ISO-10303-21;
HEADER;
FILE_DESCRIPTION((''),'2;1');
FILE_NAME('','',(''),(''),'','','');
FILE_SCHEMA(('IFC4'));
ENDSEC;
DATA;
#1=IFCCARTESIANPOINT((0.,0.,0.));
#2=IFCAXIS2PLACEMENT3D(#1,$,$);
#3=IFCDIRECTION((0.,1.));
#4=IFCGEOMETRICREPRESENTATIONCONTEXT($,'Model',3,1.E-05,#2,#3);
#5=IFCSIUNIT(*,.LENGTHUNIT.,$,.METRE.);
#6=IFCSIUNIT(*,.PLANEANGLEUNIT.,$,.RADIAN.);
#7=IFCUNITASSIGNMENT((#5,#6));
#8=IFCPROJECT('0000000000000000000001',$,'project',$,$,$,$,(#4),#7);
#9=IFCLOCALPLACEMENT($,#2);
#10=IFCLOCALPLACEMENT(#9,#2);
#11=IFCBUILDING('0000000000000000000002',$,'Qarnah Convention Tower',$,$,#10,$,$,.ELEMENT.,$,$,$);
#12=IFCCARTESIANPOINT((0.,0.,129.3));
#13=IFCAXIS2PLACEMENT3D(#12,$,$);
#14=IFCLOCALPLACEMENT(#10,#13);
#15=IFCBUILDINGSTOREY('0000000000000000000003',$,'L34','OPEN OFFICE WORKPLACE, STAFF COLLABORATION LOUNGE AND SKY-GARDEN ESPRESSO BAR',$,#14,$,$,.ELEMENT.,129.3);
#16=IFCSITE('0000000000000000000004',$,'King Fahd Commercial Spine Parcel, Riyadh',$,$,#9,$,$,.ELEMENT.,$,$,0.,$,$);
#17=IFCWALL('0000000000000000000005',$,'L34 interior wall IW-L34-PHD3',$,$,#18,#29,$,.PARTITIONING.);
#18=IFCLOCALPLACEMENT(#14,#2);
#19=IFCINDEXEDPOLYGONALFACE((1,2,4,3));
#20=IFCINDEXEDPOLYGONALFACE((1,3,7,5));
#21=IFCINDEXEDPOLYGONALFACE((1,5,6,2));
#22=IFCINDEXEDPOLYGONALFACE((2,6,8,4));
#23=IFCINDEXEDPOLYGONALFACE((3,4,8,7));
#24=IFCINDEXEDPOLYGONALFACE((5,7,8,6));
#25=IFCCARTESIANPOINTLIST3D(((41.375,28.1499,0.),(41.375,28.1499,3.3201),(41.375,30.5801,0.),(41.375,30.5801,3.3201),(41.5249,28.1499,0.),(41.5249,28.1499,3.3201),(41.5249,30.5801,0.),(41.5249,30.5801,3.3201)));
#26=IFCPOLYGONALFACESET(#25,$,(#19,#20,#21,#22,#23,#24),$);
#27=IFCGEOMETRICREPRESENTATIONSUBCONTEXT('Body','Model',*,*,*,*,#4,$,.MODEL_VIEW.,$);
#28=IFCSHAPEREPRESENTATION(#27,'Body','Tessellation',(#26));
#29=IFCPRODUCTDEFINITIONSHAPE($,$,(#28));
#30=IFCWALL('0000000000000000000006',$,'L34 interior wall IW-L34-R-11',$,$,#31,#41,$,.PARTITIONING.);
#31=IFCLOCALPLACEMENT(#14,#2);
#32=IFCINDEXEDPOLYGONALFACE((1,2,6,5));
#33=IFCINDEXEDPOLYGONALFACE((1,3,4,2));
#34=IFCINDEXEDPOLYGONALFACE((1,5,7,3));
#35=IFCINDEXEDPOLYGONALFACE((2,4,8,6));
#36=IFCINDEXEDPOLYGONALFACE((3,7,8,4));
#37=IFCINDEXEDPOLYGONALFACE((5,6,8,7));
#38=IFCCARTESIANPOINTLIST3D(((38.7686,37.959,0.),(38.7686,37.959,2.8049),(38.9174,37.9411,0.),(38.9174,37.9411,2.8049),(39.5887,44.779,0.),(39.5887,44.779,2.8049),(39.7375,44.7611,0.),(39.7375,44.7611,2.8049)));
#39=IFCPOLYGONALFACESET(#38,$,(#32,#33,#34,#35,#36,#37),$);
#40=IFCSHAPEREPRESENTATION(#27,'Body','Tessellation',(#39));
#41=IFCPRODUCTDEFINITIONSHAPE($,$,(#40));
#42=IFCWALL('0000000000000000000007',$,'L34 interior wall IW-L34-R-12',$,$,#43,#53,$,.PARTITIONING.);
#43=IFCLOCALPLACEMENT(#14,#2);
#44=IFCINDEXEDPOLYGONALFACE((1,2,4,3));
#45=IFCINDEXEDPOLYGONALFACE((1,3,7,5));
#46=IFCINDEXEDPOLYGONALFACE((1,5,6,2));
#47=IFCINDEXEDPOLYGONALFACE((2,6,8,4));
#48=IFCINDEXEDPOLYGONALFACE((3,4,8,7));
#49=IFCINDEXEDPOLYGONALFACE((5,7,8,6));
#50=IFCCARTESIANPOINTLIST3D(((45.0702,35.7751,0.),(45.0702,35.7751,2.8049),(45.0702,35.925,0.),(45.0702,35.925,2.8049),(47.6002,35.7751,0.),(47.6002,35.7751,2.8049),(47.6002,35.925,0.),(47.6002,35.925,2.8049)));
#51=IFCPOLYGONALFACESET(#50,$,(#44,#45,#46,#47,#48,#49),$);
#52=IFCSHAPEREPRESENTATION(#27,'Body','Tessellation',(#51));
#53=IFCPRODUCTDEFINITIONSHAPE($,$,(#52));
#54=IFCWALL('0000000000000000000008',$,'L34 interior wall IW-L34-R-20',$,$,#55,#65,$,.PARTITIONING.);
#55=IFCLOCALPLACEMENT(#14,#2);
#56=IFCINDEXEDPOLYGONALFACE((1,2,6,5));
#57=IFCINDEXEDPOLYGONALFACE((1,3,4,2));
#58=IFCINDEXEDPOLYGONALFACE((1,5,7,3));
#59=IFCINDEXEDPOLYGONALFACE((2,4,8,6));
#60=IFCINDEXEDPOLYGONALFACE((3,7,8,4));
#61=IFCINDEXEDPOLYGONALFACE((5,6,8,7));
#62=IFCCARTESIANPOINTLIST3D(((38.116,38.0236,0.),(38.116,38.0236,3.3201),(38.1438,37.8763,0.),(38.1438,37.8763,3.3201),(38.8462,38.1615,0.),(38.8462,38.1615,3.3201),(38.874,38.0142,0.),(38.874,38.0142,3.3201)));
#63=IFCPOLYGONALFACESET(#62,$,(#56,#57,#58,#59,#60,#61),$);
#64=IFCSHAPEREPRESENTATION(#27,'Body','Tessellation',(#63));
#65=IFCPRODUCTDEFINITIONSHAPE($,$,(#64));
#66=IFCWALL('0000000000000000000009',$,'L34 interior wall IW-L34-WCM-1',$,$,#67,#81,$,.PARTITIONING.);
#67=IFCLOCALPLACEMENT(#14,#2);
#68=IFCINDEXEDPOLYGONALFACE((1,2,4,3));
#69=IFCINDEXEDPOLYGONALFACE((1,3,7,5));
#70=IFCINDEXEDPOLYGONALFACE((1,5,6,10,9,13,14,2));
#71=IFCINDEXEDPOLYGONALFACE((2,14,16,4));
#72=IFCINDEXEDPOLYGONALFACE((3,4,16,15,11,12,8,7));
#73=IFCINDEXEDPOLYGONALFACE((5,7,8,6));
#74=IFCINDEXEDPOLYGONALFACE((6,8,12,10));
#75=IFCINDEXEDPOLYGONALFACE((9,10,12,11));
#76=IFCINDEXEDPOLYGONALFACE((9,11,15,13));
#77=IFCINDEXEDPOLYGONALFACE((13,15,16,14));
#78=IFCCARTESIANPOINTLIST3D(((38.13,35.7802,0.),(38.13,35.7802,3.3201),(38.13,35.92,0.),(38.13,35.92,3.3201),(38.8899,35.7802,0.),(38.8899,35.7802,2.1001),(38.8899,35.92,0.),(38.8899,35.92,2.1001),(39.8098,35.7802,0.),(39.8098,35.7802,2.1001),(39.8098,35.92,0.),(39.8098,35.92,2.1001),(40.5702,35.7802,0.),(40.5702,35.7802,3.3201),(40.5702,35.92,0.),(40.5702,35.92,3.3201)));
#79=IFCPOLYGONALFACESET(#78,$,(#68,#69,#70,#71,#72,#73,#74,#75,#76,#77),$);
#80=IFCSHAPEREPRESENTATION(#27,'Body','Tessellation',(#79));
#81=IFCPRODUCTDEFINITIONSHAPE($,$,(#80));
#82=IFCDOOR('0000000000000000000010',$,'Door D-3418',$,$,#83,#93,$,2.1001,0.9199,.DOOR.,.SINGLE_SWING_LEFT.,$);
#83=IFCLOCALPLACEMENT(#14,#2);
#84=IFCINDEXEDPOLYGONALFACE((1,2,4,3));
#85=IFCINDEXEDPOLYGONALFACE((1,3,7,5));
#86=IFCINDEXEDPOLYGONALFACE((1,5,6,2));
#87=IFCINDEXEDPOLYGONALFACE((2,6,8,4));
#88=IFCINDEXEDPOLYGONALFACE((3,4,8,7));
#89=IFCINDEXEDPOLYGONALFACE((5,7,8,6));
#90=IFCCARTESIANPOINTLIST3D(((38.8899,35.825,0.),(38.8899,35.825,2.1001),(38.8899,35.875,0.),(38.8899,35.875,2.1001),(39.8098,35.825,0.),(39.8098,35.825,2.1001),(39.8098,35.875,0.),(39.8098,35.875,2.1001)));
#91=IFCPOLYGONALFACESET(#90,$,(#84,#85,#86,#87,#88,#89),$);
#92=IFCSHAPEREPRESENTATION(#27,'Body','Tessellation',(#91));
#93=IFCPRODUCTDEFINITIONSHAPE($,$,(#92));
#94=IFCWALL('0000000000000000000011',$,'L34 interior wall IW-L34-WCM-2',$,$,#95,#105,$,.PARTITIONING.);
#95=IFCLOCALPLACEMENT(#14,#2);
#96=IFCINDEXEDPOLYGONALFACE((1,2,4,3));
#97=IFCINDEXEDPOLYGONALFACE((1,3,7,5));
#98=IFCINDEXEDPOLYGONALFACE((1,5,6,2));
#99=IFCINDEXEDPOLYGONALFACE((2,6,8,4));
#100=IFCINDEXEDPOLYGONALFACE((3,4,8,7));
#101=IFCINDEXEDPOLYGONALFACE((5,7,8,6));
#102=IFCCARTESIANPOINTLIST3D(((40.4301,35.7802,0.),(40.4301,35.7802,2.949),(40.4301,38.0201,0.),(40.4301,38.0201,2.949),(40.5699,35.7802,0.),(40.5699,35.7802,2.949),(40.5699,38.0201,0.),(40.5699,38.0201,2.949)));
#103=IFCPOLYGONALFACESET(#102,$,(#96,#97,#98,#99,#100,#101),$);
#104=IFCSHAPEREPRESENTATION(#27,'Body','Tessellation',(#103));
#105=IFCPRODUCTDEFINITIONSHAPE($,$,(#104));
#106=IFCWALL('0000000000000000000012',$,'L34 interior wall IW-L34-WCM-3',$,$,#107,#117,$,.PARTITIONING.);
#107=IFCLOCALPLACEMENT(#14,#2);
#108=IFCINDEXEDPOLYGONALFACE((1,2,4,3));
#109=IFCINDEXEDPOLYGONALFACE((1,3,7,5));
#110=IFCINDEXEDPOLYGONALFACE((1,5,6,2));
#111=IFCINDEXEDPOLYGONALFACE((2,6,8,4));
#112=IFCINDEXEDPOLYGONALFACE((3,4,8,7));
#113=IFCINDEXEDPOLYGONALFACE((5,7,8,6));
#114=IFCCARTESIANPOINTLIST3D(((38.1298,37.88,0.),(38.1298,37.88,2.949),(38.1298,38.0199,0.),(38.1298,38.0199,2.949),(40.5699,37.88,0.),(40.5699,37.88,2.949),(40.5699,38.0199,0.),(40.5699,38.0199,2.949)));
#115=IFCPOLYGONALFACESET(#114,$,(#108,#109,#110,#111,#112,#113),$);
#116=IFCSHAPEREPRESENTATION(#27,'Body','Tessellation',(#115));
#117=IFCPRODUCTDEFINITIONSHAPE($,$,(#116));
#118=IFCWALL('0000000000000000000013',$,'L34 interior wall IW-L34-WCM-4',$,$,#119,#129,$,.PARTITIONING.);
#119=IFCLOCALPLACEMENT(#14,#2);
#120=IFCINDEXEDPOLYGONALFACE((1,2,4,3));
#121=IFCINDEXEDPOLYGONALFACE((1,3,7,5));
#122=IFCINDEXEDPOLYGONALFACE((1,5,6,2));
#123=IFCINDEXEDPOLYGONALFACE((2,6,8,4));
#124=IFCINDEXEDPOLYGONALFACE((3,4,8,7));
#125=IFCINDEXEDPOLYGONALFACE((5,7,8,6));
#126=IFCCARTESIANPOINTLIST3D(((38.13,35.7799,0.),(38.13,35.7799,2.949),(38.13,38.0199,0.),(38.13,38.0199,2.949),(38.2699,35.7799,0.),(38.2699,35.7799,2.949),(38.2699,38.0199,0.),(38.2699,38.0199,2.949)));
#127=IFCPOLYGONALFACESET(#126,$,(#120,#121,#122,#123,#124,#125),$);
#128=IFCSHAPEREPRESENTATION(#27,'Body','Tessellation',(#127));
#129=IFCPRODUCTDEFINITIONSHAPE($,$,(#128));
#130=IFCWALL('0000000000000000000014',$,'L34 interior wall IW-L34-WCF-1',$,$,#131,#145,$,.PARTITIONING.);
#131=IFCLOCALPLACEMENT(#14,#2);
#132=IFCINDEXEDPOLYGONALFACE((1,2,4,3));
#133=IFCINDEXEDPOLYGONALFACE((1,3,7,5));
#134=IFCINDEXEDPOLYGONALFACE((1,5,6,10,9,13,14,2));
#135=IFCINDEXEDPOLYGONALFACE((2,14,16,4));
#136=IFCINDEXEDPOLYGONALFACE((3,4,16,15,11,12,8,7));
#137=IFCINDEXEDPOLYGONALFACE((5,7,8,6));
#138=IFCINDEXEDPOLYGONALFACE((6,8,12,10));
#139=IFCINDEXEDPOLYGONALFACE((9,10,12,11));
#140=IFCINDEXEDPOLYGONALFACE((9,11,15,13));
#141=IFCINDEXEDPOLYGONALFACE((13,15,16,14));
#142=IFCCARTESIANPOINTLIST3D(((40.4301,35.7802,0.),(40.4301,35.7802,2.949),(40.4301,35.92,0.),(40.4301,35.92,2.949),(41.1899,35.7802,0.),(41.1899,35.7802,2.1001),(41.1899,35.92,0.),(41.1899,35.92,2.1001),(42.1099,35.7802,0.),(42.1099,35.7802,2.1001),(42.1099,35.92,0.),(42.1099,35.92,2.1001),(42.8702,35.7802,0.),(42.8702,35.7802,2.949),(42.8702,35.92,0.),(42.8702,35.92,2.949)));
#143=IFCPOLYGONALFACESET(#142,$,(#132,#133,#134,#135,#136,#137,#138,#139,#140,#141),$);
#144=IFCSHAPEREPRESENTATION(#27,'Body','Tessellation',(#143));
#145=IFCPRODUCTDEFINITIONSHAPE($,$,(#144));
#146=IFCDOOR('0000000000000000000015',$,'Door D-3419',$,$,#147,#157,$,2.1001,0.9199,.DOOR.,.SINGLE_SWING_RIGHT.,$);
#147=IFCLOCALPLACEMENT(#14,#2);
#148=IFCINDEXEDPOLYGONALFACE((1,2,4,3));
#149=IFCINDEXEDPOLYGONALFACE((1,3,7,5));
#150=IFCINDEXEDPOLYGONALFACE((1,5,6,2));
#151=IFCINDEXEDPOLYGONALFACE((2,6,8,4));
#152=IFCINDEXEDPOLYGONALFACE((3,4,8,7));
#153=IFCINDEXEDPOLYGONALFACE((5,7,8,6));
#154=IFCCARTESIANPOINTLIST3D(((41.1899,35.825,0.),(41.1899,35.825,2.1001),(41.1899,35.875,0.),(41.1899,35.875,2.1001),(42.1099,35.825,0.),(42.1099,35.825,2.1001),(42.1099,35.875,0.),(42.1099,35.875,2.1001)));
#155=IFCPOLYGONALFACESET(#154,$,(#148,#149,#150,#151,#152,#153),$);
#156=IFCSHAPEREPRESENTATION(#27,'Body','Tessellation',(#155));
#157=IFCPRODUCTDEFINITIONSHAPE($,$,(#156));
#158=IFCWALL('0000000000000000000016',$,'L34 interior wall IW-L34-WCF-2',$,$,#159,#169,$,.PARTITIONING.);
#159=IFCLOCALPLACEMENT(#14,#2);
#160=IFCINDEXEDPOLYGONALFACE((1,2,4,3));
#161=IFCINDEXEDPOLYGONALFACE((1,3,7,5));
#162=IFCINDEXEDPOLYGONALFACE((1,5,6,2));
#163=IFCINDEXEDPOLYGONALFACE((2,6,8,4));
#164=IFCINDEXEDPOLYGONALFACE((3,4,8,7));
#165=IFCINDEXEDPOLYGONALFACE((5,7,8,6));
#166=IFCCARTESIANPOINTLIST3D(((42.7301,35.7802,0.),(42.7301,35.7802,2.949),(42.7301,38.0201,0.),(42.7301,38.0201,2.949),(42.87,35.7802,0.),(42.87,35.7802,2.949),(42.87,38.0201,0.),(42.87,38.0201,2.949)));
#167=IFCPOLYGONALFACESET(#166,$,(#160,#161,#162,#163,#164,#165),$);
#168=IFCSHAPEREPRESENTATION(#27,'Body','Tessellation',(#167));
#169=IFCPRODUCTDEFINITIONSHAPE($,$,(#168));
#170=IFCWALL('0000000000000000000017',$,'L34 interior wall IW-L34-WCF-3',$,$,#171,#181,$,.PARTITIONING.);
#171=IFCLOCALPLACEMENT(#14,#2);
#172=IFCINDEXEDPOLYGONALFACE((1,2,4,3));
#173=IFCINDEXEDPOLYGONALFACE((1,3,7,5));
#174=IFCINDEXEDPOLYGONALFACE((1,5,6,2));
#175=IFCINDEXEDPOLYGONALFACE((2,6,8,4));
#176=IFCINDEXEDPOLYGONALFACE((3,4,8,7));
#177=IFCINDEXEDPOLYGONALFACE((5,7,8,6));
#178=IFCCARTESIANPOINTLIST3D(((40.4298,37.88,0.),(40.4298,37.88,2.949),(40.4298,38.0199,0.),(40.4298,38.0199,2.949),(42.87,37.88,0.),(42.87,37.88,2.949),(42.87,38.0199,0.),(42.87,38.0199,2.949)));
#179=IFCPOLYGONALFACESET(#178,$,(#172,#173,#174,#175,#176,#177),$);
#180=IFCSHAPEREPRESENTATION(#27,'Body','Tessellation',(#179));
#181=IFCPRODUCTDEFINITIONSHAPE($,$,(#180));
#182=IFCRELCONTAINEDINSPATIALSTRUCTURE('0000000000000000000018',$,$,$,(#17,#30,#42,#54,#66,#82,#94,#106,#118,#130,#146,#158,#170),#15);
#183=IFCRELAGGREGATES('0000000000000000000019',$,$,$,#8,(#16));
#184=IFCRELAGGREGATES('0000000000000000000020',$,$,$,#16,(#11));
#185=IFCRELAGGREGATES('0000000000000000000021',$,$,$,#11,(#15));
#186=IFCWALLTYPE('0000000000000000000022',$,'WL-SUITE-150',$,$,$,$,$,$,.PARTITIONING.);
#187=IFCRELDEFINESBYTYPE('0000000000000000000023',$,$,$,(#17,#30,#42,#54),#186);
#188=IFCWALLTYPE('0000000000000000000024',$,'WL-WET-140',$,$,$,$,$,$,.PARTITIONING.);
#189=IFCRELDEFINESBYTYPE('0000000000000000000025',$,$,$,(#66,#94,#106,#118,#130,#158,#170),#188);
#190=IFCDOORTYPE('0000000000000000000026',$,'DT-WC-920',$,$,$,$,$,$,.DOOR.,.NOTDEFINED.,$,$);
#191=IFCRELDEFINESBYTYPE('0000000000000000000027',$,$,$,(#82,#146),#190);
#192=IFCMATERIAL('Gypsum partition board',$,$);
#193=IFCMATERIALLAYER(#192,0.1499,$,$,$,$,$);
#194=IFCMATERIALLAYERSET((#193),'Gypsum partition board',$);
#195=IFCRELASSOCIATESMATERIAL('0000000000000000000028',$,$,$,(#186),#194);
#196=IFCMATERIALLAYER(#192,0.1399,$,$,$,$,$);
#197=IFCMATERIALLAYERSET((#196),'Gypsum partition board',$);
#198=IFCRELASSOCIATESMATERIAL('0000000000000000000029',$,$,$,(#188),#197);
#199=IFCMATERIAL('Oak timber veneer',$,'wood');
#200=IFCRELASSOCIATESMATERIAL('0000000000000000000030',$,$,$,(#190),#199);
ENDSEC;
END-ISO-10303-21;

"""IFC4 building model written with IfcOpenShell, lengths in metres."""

from ifc_helpers import new_model, si_unit, direction, frame, frame_2d, origin, place, context, subcontext, project, spatial, rectangle, extrude, material, layer, layer_set, type_object, element, fill, save


model = new_model("IFC4")

# Units and contexts
model_context = context("Model", 3, precision=1e-05, world=origin(), true_north=direction((0.0, 1.0)))
body_context = subcontext(model_context, "Body", "Model", "MODEL_VIEW")
ifc_project = project(units=[si_unit("LENGTHUNIT", "METRE"), si_unit("PLANEANGLEUNIT", "RADIAN")], contexts=[model_context])

# Site, building, storey
site_placement = place(None, origin())
site = spatial("IfcSite", under=ifc_project, at=site_placement, Name="King Fahd Commercial Spine Parcel, Riyadh", CompositionType="ELEMENT", RefElevation=0.0)
building_placement = place(site_placement, origin())
building = spatial("IfcBuilding", under=site, at=building_placement, Name="Qarnah Convention Tower", CompositionType="ELEMENT")
storey_placement = place(building_placement, frame((0.0, 0.0, 129.3)))
storey = spatial("IfcBuildingStorey", under=building, at=storey_placement, Name="L34", Description="OPEN OFFICE WORKPLACE, STAFF COLLABORATION LOUNGE AND SKY-GARDEN ESPRESSO BAR", CompositionType="ELEMENT", Elevation=129.3)

# Walls
ifc_material_1 = material(Name="Gypsum partition board")
ifc_layer_1 = layer(ifc_material_1, 0.1499)
ifc_layer_set_1 = layer_set([ifc_layer_1], Name="Gypsum partition board")
wall_type_1 = type_object("IfcWallType", Name="WL-SUITE-150", PredefinedType="PARTITIONING", material=ifc_layer_set_1)
wall_1_placement = place(storey_placement, frame((41.45, 28.1499, 0.0), z_axis=(0.0, 0.0, 1.0), x_axis=(0.0, 1.0, 0.0)))
element("IfcWall", 1, at=wall_1_placement, inside=storey, type_object=wall_type_1, Name="L34 interior wall IW-L34-PHD3", PredefinedType="PARTITIONING", context=body_context, shape_type="SweptSolid", body=[
    extrude(rectangle(XDim=2.4302, YDim=0.1499, at=frame_2d((1.2151, 0.0))), origin(), (0.0, 0.0, 1.0), 3.3201),
])
wall_2_placement = place(storey_placement, frame((39.6631, 44.77, 0.0), z_axis=(0.0, 0.0, 1.0), x_axis=(-0.119383, -0.992848, 0.0)))
element("IfcWall", 2, at=wall_2_placement, inside=storey, type_object=wall_type_1, Name="L34 interior wall IW-L34-R-11", PredefinedType="PARTITIONING", context=body_context, shape_type="SweptSolid", body=[
    extrude(rectangle(XDim=6.8691, YDim=0.1499, at=frame_2d((3.4346, 0.0))), origin(), (0.0, 0.0, 1.0), 2.8049),
])
wall_3_placement = place(storey_placement, frame((45.0701, 35.8501, 0.0), z_axis=(0.0, 0.0, 1.0), x_axis=(1.0, 0.0, 0.0)))
element("IfcWall", 3, at=wall_3_placement, inside=storey, type_object=wall_type_1, Name="L34 interior wall IW-L34-R-12", PredefinedType="PARTITIONING", context=body_context, shape_type="SweptSolid", body=[
    extrude(rectangle(XDim=2.53, YDim=0.1499, at=frame_2d((1.2651, 0.0))), origin(), (0.0, 0.0, 1.0), 2.8049),
])
wall_4_placement = place(storey_placement, frame((38.1299, 37.95, 0.0), z_axis=(0.0, 0.0, 1.0), x_axis=(0.982622, 0.185617, 0.0)))
element("IfcWall", 4, at=wall_4_placement, inside=storey, type_object=wall_type_1, Name="L34 interior wall IW-L34-R-20", PredefinedType="PARTITIONING", context=body_context, shape_type="SweptSolid", body=[
    extrude(rectangle(XDim=0.7432, YDim=0.1499, at=frame_2d((0.3716, 0.0))), origin(), (0.0, 0.0, 1.0), 3.3201),
])

# Wall, opening, door
ifc_layer_2 = layer(ifc_material_1, 0.1399)
ifc_layer_set_2 = layer_set([ifc_layer_2], Name="Gypsum partition board")
wall_type_2 = type_object("IfcWallType", Name="WL-WET-140", PredefinedType="PARTITIONING", material=ifc_layer_set_2)
wall_5_placement = place(storey_placement, frame((38.1299, 35.8501, 0.0), z_axis=(0.0, 0.0, 1.0), x_axis=(1.0, 0.0, 0.0)))
wall_5 = element("IfcWall", 5, at=wall_5_placement, inside=storey, type_object=wall_type_2, Name="L34 interior wall IW-L34-WCM-1", PredefinedType="PARTITIONING", context=body_context, shape_type="SweptSolid", body=[
    extrude(rectangle(XDim=2.4402, YDim=0.1399, at=frame_2d((1.2202, 0.0))), origin(), (0.0, 0.0, 1.0), 3.3201),
])
opening_1_placement = place(wall_5_placement, frame((0.76, 0.0, 0.0)))
opening_1 = element("IfcOpeningElement", 6, at=opening_1_placement, cuts=wall_5, PredefinedType="OPENING", context=body_context, shape_type="SweptSolid", body=[
    extrude(rectangle(XDim=0.9199, YDim=2.1001, at=frame_2d((0.46, 1.05))), frame((0.0, 0.0798, 0.0), z_axis=(0.0, -1.0, 0.0), x_axis=(1.0, 0.0, 0.0)), (0.0, 0.0, 1.0), 0.1599),
])
ifc_material_2 = material(Name="Oak timber veneer", Category="wood")
door_type_1 = type_object("IfcDoorType", Name="DT-WC-920", OperationType="NOTDEFINED", PredefinedType="DOOR", material=ifc_material_2)
door_1_placement = place(opening_1_placement, origin())
door_1 = element("IfcDoor", 7, at=door_1_placement, inside=storey, type_object=door_type_1, Name="Door D-3418", OperationType="SINGLE_SWING_LEFT", OverallHeight=2.1001, OverallWidth=0.9199, PredefinedType="DOOR", context=body_context, shape_type="SweptSolid", body=[
    extrude(rectangle(XDim=0.9199, YDim=2.1001, at=frame_2d((0.46, 1.05))), frame((0.0, 0.0249, 0.0), z_axis=(0.0, -1.0, 0.0), x_axis=(1.0, 0.0, 0.0)), (0.0, 0.0, 1.0), 0.05),
])
fill(opening_1, door_1)

# Walls
wall_6_placement = place(storey_placement, frame((40.5, 35.78, 0.0), z_axis=(0.0, 0.0, 1.0), x_axis=(0.0, 1.0, 0.0)))
element("IfcWall", 8, at=wall_6_placement, inside=storey, type_object=wall_type_2, Name="L34 interior wall IW-L34-WCM-2", PredefinedType="PARTITIONING", context=body_context, shape_type="SweptSolid", body=[
    extrude(rectangle(XDim=2.24, YDim=0.1399, at=frame_2d((1.1201, 0.0))), origin(), (0.0, 0.0, 1.0), 2.949),
])
wall_7_placement = place(storey_placement, frame((40.5701, 37.95, 0.0), z_axis=(0.0, 0.0, 1.0), x_axis=(-1.0, 0.0, 0.0)))
element("IfcWall", 9, at=wall_7_placement, inside=storey, type_object=wall_type_2, Name="L34 interior wall IW-L34-WCM-3", PredefinedType="PARTITIONING", context=body_context, shape_type="SweptSolid", body=[
    extrude(rectangle(XDim=2.4402, YDim=0.1399, at=frame_2d((1.2202, 0.0))), origin(), (0.0, 0.0, 1.0), 2.949),
])
wall_8_placement = place(storey_placement, frame((38.2, 38.02, 0.0), z_axis=(0.0, 0.0, 1.0), x_axis=(0.0, -1.0, 0.0)))
element("IfcWall", 10, at=wall_8_placement, inside=storey, type_object=wall_type_2, Name="L34 interior wall IW-L34-WCM-4", PredefinedType="PARTITIONING", context=body_context, shape_type="SweptSolid", body=[
    extrude(rectangle(XDim=2.24, YDim=0.1399, at=frame_2d((1.1201, 0.0))), origin(), (0.0, 0.0, 1.0), 2.949),
])

# Wall, opening, door
wall_9_placement = place(storey_placement, frame((40.4299, 35.8501, 0.0), z_axis=(0.0, 0.0, 1.0), x_axis=(1.0, 0.0, 0.0)))
wall_9 = element("IfcWall", 11, at=wall_9_placement, inside=storey, type_object=wall_type_2, Name="L34 interior wall IW-L34-WCF-1", PredefinedType="PARTITIONING", context=body_context, shape_type="SweptSolid", body=[
    extrude(rectangle(XDim=2.4402, YDim=0.1399, at=frame_2d((1.2202, 0.0))), origin(), (0.0, 0.0, 1.0), 2.949),
])
opening_2_placement = place(wall_9_placement, frame((0.76, 0.0, 0.0)))
opening_2 = element("IfcOpeningElement", 12, at=opening_2_placement, cuts=wall_9, PredefinedType="OPENING", context=body_context, shape_type="SweptSolid", body=[
    extrude(rectangle(XDim=0.9199, YDim=2.1001, at=frame_2d((0.46, 1.05))), frame((0.0, 0.0798, 0.0), z_axis=(0.0, -1.0, 0.0), x_axis=(1.0, 0.0, 0.0)), (0.0, 0.0, 1.0), 0.1599),
])
door_2_placement = place(opening_2_placement, origin())
door_2 = element("IfcDoor", 13, at=door_2_placement, inside=storey, type_object=door_type_1, Name="Door D-3419", OperationType="SINGLE_SWING_RIGHT", OverallHeight=2.1001, OverallWidth=0.9199, PredefinedType="DOOR", context=body_context, shape_type="SweptSolid", body=[
    extrude(rectangle(XDim=0.9199, YDim=2.1001, at=frame_2d((0.46, 1.05))), frame((0.0, 0.0249, 0.0), z_axis=(0.0, -1.0, 0.0), x_axis=(1.0, 0.0, 0.0)), (0.0, 0.0, 1.0), 0.05),
])
fill(opening_2, door_2)

# Walls
wall_10_placement = place(storey_placement, frame((42.8, 35.78, 0.0), z_axis=(0.0, 0.0, 1.0), x_axis=(0.0, 1.0, 0.0)))
element("IfcWall", 14, at=wall_10_placement, inside=storey, type_object=wall_type_2, Name="L34 interior wall IW-L34-WCF-2", PredefinedType="PARTITIONING", context=body_context, shape_type="SweptSolid", body=[
    extrude(rectangle(XDim=2.24, YDim=0.1399, at=frame_2d((1.1201, 0.0))), origin(), (0.0, 0.0, 1.0), 2.949),
])
wall_11_placement = place(storey_placement, frame((42.8701, 37.95, 0.0), z_axis=(0.0, 0.0, 1.0), x_axis=(-1.0, 0.0, 0.0)))
element("IfcWall", 15, at=wall_11_placement, inside=storey, type_object=wall_type_2, Name="L34 interior wall IW-L34-WCF-3", PredefinedType="PARTITIONING", context=body_context, shape_type="SweptSolid", body=[
    extrude(rectangle(XDim=2.4402, YDim=0.1399, at=frame_2d((1.2202, 0.0))), origin(), (0.0, 0.0, 1.0), 2.949),
])

save(model, "model.ifc")
